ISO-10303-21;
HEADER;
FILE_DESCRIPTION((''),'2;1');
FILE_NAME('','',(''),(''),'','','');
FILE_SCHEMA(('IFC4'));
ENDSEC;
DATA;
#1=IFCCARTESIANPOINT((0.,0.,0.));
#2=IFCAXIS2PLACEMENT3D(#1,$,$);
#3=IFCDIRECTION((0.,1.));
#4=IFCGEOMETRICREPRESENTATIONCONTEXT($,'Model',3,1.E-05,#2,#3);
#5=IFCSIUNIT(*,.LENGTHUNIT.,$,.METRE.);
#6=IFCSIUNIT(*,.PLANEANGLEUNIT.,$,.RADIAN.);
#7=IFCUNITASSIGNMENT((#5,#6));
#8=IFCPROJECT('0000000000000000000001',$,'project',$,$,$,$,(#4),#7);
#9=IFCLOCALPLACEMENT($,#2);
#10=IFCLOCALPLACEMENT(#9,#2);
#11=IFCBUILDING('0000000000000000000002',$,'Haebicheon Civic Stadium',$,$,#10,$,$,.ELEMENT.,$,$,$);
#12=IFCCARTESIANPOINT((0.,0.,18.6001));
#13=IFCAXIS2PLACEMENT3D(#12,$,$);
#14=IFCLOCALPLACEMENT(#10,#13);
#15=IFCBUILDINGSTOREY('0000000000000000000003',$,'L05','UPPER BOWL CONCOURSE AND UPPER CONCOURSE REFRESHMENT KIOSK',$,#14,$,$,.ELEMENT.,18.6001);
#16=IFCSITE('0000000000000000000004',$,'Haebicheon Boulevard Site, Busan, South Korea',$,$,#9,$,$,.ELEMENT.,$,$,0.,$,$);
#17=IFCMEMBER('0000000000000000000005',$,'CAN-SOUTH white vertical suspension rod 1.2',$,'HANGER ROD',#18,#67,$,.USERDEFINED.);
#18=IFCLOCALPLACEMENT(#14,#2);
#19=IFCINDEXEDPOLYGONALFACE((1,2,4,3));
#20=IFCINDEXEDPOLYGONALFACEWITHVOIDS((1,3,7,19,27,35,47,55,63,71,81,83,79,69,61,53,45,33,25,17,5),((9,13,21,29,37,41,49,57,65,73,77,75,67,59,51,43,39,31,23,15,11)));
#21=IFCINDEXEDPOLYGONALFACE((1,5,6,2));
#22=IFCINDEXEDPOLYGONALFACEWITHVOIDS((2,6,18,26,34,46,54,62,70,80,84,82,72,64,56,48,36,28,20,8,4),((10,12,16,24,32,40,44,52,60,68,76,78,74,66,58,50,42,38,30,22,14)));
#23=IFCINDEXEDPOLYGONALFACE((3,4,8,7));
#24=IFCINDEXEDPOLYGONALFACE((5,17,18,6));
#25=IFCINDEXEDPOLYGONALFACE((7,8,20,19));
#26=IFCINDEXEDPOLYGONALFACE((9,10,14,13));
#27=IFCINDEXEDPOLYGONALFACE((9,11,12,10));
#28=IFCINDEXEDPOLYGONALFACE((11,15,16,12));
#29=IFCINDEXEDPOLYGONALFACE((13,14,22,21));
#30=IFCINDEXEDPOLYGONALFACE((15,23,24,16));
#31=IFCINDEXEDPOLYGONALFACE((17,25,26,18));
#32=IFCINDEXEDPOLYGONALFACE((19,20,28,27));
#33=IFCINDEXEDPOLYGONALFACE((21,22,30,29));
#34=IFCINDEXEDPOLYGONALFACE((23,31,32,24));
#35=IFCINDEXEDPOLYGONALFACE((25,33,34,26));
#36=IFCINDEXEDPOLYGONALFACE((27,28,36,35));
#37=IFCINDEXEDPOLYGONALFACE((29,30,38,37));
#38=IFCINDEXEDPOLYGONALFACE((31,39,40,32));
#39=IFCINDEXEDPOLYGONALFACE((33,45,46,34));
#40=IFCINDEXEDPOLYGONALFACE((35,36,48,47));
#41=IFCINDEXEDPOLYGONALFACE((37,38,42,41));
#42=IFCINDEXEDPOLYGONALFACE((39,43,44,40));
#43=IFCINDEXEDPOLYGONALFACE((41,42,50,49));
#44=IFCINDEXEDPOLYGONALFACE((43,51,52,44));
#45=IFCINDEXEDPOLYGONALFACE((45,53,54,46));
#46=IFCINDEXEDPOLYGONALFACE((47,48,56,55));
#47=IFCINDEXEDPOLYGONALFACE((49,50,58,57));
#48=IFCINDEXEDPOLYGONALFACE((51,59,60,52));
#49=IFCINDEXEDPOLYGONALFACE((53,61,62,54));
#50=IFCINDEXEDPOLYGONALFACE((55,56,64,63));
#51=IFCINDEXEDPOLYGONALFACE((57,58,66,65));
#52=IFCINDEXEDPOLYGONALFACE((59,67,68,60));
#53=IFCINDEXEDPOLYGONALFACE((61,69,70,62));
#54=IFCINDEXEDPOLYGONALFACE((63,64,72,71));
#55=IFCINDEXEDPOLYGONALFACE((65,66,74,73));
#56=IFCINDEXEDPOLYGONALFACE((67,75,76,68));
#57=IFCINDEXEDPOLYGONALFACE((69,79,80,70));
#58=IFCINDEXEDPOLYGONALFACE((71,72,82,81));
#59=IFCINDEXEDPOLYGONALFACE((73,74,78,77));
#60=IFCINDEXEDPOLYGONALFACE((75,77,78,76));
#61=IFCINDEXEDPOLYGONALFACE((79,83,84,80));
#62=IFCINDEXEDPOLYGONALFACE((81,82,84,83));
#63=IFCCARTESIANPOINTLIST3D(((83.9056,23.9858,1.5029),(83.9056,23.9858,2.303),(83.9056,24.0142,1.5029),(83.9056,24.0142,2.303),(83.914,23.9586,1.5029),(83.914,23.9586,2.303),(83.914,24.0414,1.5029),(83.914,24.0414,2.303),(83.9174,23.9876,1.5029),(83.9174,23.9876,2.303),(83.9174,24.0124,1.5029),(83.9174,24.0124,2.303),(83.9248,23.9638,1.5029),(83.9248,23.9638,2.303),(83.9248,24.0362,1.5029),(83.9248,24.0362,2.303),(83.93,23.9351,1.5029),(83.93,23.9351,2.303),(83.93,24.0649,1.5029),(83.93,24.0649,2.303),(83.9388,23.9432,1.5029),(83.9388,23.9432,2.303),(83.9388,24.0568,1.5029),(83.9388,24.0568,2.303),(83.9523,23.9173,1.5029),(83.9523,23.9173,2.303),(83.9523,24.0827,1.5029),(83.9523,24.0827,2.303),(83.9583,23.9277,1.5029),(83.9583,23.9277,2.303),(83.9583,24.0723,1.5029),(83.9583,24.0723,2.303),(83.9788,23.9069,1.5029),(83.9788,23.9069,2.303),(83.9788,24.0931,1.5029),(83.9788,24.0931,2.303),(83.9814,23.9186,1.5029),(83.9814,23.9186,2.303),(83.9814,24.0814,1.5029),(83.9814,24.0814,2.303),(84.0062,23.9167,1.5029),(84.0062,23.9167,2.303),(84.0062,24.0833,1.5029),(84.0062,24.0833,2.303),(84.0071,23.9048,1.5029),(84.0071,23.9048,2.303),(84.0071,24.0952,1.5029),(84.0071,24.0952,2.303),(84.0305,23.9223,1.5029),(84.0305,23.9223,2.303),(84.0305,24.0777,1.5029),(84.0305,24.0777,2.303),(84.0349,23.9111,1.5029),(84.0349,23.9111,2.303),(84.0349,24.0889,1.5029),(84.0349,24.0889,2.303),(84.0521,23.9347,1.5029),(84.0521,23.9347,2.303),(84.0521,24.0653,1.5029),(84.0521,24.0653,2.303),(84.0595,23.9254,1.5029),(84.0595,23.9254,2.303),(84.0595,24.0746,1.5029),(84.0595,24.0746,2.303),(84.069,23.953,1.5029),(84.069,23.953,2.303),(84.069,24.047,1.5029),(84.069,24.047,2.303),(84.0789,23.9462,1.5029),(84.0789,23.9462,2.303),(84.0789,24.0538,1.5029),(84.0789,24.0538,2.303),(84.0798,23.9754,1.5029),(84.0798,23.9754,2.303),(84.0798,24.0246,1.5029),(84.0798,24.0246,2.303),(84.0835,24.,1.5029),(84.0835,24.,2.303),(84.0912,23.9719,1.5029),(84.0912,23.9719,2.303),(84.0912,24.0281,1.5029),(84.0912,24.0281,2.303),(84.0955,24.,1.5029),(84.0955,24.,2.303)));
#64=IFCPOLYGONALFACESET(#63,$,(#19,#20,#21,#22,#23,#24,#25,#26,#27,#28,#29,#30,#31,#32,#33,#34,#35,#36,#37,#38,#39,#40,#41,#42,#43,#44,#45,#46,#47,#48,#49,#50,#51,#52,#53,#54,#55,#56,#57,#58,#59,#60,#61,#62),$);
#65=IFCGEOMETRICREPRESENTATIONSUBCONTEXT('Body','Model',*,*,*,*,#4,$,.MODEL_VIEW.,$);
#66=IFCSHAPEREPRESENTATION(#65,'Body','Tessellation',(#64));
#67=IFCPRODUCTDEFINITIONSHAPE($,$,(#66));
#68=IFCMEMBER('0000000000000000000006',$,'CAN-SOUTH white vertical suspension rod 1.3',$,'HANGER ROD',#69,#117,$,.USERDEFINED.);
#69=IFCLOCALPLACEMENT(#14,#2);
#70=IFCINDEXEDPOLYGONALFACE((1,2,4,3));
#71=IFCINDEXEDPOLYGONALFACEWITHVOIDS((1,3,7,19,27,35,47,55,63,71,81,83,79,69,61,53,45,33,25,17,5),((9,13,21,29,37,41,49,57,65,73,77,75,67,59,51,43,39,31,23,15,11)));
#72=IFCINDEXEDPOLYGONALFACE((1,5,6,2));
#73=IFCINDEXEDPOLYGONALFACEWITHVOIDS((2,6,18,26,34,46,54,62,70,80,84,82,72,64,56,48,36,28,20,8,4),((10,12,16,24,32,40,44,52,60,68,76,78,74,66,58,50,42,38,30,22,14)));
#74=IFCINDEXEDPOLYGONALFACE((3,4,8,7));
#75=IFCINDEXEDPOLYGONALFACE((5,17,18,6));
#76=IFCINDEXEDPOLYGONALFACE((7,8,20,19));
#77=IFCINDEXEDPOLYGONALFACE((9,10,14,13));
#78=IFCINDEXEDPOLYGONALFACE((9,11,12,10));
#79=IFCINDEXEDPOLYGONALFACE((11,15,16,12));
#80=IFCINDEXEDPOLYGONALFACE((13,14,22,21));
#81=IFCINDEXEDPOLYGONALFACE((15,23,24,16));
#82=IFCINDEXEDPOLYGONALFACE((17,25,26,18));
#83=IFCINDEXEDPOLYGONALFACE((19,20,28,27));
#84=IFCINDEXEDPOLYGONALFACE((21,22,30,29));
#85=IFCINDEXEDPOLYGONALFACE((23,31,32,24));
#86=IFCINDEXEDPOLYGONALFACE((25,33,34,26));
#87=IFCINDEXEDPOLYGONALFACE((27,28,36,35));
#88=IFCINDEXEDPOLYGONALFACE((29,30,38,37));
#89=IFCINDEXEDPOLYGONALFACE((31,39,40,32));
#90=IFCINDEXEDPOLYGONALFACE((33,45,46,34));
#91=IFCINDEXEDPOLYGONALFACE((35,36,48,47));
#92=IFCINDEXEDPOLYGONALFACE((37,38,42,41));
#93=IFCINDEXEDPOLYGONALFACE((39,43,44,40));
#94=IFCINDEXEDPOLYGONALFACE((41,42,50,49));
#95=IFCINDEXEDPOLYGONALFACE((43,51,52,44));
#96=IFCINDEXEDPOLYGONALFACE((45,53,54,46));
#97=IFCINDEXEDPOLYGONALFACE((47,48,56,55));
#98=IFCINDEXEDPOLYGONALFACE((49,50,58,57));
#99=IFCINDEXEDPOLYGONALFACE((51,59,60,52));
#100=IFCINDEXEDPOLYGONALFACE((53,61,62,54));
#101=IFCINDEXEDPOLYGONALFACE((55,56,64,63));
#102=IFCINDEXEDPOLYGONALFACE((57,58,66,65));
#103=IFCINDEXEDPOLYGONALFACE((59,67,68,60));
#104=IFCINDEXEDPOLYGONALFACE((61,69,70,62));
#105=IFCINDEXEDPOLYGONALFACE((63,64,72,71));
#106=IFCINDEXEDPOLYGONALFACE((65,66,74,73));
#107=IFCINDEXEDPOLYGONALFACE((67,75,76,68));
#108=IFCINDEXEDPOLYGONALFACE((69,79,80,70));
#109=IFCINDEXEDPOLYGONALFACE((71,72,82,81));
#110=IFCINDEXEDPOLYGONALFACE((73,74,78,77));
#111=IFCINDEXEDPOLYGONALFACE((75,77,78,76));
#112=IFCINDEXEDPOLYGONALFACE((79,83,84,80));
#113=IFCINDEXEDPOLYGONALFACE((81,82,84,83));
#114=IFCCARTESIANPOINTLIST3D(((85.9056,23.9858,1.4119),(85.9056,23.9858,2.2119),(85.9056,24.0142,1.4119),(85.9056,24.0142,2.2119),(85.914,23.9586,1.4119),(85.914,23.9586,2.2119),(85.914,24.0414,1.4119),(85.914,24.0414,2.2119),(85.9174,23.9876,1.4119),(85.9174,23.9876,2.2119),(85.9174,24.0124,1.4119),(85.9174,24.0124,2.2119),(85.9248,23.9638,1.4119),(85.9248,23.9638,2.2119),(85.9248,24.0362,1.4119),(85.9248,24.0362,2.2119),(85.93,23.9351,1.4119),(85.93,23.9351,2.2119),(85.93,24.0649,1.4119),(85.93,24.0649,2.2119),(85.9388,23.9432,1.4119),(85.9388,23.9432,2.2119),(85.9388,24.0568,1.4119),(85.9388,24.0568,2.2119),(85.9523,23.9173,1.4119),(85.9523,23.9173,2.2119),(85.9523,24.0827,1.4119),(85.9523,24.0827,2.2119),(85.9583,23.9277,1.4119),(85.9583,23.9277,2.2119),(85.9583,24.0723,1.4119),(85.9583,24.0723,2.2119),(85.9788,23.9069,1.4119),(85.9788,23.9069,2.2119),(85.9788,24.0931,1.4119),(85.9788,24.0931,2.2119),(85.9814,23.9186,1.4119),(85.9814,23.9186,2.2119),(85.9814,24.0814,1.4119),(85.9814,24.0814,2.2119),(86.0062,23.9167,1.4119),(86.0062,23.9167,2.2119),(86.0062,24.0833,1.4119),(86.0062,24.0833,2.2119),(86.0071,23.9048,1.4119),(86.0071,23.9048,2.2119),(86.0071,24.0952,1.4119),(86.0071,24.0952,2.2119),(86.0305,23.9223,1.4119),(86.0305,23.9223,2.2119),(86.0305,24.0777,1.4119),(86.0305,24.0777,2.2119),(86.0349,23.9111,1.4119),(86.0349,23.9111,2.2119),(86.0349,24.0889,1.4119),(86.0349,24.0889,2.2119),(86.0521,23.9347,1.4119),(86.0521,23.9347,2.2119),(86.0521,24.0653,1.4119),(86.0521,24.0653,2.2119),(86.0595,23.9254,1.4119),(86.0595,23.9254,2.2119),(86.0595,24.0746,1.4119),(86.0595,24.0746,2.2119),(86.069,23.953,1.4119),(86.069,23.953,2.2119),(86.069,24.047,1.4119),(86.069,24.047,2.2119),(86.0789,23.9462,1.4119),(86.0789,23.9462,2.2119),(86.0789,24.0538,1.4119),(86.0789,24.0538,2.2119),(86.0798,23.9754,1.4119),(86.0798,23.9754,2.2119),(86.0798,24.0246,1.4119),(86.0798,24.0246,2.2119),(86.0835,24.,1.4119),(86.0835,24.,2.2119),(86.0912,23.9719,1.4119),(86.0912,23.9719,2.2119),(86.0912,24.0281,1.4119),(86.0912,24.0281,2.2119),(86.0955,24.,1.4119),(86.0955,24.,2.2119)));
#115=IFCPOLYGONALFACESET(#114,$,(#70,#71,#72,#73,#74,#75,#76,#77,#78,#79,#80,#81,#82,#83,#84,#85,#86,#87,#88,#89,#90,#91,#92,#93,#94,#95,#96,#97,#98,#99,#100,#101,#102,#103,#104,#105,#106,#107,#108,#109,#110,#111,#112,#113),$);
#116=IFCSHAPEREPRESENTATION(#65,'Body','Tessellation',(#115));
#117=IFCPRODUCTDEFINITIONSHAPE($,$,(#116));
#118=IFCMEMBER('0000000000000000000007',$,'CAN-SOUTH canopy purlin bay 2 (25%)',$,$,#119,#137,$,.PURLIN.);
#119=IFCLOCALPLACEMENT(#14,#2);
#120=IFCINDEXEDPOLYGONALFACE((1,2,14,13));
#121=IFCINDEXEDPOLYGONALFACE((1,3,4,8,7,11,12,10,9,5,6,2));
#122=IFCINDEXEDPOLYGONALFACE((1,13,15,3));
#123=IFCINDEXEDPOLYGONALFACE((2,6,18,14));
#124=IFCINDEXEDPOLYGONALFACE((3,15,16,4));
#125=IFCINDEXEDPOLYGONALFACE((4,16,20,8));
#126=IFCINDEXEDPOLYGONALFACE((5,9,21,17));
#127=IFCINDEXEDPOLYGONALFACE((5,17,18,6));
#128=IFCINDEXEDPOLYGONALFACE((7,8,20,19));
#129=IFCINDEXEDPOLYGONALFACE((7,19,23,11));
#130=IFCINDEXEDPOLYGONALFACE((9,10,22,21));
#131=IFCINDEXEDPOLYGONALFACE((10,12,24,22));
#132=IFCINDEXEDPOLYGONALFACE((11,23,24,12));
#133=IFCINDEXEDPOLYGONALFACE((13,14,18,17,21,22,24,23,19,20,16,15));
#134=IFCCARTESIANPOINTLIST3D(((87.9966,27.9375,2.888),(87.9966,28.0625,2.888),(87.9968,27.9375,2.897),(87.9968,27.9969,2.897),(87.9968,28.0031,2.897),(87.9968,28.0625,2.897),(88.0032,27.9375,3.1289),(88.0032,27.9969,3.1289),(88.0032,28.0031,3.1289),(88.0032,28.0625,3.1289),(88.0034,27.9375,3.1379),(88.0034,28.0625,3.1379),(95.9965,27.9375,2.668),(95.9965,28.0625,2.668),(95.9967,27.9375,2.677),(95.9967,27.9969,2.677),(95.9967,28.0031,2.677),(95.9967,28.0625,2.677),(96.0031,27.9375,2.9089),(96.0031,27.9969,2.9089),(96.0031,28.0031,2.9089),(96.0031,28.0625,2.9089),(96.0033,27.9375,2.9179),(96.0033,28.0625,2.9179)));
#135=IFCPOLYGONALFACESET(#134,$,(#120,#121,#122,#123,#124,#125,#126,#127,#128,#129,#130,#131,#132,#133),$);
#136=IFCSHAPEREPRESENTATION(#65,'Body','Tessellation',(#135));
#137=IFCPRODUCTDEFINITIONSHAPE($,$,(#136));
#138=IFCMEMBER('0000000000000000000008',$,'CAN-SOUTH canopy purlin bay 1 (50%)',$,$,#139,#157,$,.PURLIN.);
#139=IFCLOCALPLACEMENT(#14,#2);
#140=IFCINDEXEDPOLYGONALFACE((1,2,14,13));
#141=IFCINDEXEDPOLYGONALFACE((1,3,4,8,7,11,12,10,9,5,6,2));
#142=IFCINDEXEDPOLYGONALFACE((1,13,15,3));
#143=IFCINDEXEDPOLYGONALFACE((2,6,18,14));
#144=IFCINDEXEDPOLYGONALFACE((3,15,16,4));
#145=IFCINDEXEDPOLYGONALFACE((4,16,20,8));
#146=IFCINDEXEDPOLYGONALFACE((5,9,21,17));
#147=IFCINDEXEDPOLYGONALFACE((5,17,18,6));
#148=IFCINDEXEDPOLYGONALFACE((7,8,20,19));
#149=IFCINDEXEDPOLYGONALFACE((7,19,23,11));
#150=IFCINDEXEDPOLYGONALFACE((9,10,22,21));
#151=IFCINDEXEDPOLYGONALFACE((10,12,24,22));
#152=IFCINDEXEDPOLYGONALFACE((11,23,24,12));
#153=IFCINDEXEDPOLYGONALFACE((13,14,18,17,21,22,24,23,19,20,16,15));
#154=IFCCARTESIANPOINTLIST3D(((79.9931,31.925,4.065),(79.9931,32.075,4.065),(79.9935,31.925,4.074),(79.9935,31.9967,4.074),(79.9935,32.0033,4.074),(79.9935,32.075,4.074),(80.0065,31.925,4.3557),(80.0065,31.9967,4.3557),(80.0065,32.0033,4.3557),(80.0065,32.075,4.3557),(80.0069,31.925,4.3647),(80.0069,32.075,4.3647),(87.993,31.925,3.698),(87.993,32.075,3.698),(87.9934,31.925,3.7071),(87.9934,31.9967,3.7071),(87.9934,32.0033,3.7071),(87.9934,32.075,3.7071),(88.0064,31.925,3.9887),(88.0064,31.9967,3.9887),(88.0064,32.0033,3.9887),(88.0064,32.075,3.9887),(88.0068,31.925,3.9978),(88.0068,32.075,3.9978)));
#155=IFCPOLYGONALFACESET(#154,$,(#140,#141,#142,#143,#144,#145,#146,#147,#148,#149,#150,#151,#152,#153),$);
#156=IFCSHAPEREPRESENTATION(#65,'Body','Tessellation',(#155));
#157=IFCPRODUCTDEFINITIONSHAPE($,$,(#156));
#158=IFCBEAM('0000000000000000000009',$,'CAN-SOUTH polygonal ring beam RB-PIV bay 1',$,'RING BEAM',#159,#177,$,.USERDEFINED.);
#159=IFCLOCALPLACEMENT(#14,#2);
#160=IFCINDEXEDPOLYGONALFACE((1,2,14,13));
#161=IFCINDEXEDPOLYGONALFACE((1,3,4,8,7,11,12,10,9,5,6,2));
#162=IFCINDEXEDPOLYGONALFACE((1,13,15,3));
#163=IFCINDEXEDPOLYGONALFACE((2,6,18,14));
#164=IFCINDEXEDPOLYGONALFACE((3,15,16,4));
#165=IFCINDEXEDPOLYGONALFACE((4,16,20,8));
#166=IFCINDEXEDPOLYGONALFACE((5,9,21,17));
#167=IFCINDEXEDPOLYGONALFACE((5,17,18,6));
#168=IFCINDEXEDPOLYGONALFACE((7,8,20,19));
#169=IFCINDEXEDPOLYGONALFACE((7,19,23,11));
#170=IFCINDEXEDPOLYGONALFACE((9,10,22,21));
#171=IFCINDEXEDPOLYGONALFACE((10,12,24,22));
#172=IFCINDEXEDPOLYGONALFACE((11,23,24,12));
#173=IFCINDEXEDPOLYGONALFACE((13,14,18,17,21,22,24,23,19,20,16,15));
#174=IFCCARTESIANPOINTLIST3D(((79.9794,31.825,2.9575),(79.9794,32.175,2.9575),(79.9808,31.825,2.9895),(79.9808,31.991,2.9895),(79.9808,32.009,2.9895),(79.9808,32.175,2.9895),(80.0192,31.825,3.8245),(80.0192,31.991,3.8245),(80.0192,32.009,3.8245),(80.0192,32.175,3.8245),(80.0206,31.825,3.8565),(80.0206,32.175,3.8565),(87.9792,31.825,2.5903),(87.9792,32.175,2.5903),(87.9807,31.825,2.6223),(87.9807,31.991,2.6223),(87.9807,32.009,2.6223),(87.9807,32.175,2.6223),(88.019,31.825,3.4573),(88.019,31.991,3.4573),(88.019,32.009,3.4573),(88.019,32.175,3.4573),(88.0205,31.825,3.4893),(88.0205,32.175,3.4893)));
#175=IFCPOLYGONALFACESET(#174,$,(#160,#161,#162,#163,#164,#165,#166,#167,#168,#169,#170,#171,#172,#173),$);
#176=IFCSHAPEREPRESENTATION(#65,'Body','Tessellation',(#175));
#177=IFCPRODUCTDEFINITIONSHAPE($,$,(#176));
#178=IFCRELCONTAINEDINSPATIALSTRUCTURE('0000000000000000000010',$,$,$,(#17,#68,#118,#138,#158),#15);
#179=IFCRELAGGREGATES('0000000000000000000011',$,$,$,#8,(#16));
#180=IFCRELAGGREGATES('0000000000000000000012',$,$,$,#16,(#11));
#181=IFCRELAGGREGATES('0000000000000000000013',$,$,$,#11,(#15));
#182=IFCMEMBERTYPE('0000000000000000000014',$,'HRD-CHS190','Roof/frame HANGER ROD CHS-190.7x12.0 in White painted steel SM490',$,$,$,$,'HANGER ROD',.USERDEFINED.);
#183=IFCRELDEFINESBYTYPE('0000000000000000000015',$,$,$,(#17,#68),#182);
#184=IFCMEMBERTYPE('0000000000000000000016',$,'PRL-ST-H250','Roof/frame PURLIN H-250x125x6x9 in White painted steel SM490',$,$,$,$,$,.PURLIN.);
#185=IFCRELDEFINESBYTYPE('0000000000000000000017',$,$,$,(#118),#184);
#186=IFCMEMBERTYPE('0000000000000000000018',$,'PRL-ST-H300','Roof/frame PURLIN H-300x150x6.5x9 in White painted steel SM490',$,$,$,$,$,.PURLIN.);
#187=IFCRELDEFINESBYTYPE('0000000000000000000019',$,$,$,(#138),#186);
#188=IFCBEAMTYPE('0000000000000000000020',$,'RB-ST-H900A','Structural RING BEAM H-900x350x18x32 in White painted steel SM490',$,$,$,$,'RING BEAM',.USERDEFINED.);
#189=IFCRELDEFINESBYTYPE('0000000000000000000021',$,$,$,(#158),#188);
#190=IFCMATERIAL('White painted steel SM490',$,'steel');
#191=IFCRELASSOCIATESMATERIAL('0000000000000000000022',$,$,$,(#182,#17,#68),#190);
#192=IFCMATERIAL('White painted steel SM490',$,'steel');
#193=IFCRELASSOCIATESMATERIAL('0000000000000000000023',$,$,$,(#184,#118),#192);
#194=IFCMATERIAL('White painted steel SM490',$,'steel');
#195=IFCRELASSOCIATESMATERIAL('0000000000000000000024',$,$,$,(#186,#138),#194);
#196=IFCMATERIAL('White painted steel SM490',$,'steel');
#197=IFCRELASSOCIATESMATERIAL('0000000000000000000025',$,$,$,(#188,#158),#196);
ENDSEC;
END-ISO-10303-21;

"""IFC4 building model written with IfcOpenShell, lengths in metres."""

from ifc_helpers import new_model, si_unit, direction, frame, origin, origin_2d, place, context, subcontext, project, spatial, hollow_circle, i_section, extrude, material, material_profile, profile_set, type_object, element, save


model = new_model("IFC4")

# Units and contexts
model_context = context("Model", 3, precision=1e-05, world=origin(), true_north=direction((0.0, 1.0)))
body_context = subcontext(model_context, "Body", "Model", "MODEL_VIEW")
ifc_project = project(units=[si_unit("LENGTHUNIT", "METRE"), si_unit("PLANEANGLEUNIT", "RADIAN")], contexts=[model_context])

# Site, building, storey
site_placement = place(None, origin())
site = spatial("IfcSite", under=ifc_project, at=site_placement, Name="Haebicheon Boulevard Site, Busan, South Korea", CompositionType="ELEMENT", RefElevation=0.0)
building_placement = place(site_placement, origin())
building = spatial("IfcBuilding", under=site, at=building_placement, Name="Haebicheon Civic Stadium", CompositionType="ELEMENT")
storey_placement = place(building_placement, frame((0.0, 0.0, 18.6001)))
storey = spatial("IfcBuildingStorey", under=building, at=storey_placement, Name="L05", Description="UPPER BOWL CONCOURSE AND UPPER CONCOURSE REFRESHMENT KIOSK", CompositionType="ELEMENT", Elevation=18.6001)

# Members
ifc_material_1 = material(Name="White painted steel SM490", Category="steel")
ifc_material_profile_1 = material_profile(ifc_material_1, hollow_circle(Radius=0.0955, WallThickness=0.012, at=origin_2d()), Name="CHS-190.7x12.0")
ifc_profile_set_1 = profile_set([ifc_material_profile_1], Name="White painted steel SM490")
member_type_1 = type_object("IfcMemberType", Name="HRD-CHS190", Description="Roof/frame HANGER ROD CHS-190.7x12.0 in White painted steel SM490", ElementType="HANGER ROD", PredefinedType="USERDEFINED", material=ifc_profile_set_1)
for number, where, z_axis, x_axis, name in (
    (1, (84.0, 24.0, 1.5029), (0.0, 0.0, 1.0), (1.0, 0.0, 0.0), "CAN-SOUTH white vertical suspension rod 1.2"),
    (2, (86.0, 24.0, 1.4119), (0.0, 0.0, 1.0), (1.0, 0.0, 0.0), "CAN-SOUTH white vertical suspension rod 1.3"),
):
    element("IfcMember", number, at=place(storey_placement, frame(where, z_axis=z_axis, x_axis=x_axis)), inside=storey, type_object=member_type_1, material=ifc_profile_set_1, Name=name, ObjectType="HANGER ROD", PredefinedType="USERDEFINED", context=body_context, shape_type="SweptSolid", body=[
        extrude(hollow_circle(Radius=0.0955, WallThickness=0.012, at=origin_2d()), origin(), (0.0, 0.0, 1.0), 0.8),
    ])
ifc_material_2 = material(Name="White painted steel SM490", Category="steel")
ifc_material_profile_2 = material_profile(ifc_material_2, i_section(OverallWidth=0.125, OverallDepth=0.25, WebThickness=0.0061, FlangeThickness=0.009, at=origin_2d()), Name="H-250x125x6x9")
ifc_profile_set_2 = profile_set([ifc_material_profile_2], Name="White painted steel SM490")
member_type_2 = type_object("IfcMemberType", Name="PRL-ST-H250", Description="Roof/frame PURLIN H-250x125x6x9 in White painted steel SM490", PredefinedType="PURLIN", material=ifc_profile_set_2)
member_1_placement = place(storey_placement, frame((88.0, 28.0, 3.0129), z_axis=(0.999622, 0.0, -0.027486), x_axis=(0.0, 1.0, 0.0)))
element("IfcMember", 3, at=member_1_placement, inside=storey, type_object=member_type_2, material=ifc_profile_set_2, Name="CAN-SOUTH canopy purlin bay 2 (25%)", PredefinedType="PURLIN", context=body_context, shape_type="SweptSolid", body=[
    extrude(i_section(OverallWidth=0.125, OverallDepth=0.25, WebThickness=0.0061, FlangeThickness=0.009, at=origin_2d()), origin(), (0.0, 0.0, 1.0), 8.0029),
])
ifc_material_3 = material(Name="White painted steel SM490", Category="steel")
ifc_material_profile_3 = material_profile(ifc_material_3, i_section(OverallWidth=0.1499, OverallDepth=0.3, WebThickness=0.0066, FlangeThickness=0.009, at=origin_2d()), Name="H-300x150x6.5x9")
ifc_profile_set_3 = profile_set([ifc_material_profile_3], Name="White painted steel SM490")
member_type_3 = type_object("IfcMemberType", Name="PRL-ST-H300", Description="Roof/frame PURLIN H-300x150x6.5x9 in White painted steel SM490", PredefinedType="PURLIN", material=ifc_profile_set_3)
member_2_placement = place(storey_placement, frame((80.0, 32.0, 4.2148), z_axis=(0.99895, 0.0, -0.04582), x_axis=(0.0, 1.0, 0.0)))
element("IfcMember", 4, at=member_2_placement, inside=storey, type_object=member_type_3, material=ifc_profile_set_3, Name="CAN-SOUTH canopy purlin bay 1 (50%)", PredefinedType="PURLIN", context=body_context, shape_type="SweptSolid", body=[
    extrude(i_section(OverallWidth=0.1499, OverallDepth=0.3, WebThickness=0.0066, FlangeThickness=0.009, at=origin_2d()), origin(), (0.0, 0.0, 1.0), 8.0083),
])

# Beam
ifc_material_4 = material(Name="White painted steel SM490", Category="steel")
ifc_material_profile_4 = material_profile(ifc_material_4, i_section(OverallWidth=0.3501, OverallDepth=0.8999, WebThickness=0.0181, FlangeThickness=0.032, at=origin_2d()), Name="H-900x350x18x32")
ifc_profile_set_4 = profile_set([ifc_material_profile_4], Name="White painted steel SM490")
beam_type_1 = type_object("IfcBeamType", Name="RB-ST-H900A", Description="Structural RING BEAM H-900x350x18x32 in White painted steel SM490", ElementType="RING BEAM", PredefinedType="USERDEFINED", material=ifc_profile_set_4)
beam_1_placement = place(storey_placement, frame((80.0, 32.0, 3.407), z_axis=(0.998948, 0.0, -0.04585), x_axis=(0.0, 1.0, 0.0)))
element("IfcBeam", 5, at=beam_1_placement, inside=storey, type_object=beam_type_1, material=ifc_profile_set_4, Name="CAN-SOUTH polygonal ring beam RB-PIV bay 1", ObjectType="RING BEAM", PredefinedType="USERDEFINED", context=body_context, shape_type="SweptSolid", body=[
    extrude(i_section(OverallWidth=0.3501, OverallDepth=0.8999, WebThickness=0.0181, FlangeThickness=0.032, at=origin_2d()), origin(), (0.0, 0.0, 1.0), 8.0083),
])

save(model, "model.ifc")
